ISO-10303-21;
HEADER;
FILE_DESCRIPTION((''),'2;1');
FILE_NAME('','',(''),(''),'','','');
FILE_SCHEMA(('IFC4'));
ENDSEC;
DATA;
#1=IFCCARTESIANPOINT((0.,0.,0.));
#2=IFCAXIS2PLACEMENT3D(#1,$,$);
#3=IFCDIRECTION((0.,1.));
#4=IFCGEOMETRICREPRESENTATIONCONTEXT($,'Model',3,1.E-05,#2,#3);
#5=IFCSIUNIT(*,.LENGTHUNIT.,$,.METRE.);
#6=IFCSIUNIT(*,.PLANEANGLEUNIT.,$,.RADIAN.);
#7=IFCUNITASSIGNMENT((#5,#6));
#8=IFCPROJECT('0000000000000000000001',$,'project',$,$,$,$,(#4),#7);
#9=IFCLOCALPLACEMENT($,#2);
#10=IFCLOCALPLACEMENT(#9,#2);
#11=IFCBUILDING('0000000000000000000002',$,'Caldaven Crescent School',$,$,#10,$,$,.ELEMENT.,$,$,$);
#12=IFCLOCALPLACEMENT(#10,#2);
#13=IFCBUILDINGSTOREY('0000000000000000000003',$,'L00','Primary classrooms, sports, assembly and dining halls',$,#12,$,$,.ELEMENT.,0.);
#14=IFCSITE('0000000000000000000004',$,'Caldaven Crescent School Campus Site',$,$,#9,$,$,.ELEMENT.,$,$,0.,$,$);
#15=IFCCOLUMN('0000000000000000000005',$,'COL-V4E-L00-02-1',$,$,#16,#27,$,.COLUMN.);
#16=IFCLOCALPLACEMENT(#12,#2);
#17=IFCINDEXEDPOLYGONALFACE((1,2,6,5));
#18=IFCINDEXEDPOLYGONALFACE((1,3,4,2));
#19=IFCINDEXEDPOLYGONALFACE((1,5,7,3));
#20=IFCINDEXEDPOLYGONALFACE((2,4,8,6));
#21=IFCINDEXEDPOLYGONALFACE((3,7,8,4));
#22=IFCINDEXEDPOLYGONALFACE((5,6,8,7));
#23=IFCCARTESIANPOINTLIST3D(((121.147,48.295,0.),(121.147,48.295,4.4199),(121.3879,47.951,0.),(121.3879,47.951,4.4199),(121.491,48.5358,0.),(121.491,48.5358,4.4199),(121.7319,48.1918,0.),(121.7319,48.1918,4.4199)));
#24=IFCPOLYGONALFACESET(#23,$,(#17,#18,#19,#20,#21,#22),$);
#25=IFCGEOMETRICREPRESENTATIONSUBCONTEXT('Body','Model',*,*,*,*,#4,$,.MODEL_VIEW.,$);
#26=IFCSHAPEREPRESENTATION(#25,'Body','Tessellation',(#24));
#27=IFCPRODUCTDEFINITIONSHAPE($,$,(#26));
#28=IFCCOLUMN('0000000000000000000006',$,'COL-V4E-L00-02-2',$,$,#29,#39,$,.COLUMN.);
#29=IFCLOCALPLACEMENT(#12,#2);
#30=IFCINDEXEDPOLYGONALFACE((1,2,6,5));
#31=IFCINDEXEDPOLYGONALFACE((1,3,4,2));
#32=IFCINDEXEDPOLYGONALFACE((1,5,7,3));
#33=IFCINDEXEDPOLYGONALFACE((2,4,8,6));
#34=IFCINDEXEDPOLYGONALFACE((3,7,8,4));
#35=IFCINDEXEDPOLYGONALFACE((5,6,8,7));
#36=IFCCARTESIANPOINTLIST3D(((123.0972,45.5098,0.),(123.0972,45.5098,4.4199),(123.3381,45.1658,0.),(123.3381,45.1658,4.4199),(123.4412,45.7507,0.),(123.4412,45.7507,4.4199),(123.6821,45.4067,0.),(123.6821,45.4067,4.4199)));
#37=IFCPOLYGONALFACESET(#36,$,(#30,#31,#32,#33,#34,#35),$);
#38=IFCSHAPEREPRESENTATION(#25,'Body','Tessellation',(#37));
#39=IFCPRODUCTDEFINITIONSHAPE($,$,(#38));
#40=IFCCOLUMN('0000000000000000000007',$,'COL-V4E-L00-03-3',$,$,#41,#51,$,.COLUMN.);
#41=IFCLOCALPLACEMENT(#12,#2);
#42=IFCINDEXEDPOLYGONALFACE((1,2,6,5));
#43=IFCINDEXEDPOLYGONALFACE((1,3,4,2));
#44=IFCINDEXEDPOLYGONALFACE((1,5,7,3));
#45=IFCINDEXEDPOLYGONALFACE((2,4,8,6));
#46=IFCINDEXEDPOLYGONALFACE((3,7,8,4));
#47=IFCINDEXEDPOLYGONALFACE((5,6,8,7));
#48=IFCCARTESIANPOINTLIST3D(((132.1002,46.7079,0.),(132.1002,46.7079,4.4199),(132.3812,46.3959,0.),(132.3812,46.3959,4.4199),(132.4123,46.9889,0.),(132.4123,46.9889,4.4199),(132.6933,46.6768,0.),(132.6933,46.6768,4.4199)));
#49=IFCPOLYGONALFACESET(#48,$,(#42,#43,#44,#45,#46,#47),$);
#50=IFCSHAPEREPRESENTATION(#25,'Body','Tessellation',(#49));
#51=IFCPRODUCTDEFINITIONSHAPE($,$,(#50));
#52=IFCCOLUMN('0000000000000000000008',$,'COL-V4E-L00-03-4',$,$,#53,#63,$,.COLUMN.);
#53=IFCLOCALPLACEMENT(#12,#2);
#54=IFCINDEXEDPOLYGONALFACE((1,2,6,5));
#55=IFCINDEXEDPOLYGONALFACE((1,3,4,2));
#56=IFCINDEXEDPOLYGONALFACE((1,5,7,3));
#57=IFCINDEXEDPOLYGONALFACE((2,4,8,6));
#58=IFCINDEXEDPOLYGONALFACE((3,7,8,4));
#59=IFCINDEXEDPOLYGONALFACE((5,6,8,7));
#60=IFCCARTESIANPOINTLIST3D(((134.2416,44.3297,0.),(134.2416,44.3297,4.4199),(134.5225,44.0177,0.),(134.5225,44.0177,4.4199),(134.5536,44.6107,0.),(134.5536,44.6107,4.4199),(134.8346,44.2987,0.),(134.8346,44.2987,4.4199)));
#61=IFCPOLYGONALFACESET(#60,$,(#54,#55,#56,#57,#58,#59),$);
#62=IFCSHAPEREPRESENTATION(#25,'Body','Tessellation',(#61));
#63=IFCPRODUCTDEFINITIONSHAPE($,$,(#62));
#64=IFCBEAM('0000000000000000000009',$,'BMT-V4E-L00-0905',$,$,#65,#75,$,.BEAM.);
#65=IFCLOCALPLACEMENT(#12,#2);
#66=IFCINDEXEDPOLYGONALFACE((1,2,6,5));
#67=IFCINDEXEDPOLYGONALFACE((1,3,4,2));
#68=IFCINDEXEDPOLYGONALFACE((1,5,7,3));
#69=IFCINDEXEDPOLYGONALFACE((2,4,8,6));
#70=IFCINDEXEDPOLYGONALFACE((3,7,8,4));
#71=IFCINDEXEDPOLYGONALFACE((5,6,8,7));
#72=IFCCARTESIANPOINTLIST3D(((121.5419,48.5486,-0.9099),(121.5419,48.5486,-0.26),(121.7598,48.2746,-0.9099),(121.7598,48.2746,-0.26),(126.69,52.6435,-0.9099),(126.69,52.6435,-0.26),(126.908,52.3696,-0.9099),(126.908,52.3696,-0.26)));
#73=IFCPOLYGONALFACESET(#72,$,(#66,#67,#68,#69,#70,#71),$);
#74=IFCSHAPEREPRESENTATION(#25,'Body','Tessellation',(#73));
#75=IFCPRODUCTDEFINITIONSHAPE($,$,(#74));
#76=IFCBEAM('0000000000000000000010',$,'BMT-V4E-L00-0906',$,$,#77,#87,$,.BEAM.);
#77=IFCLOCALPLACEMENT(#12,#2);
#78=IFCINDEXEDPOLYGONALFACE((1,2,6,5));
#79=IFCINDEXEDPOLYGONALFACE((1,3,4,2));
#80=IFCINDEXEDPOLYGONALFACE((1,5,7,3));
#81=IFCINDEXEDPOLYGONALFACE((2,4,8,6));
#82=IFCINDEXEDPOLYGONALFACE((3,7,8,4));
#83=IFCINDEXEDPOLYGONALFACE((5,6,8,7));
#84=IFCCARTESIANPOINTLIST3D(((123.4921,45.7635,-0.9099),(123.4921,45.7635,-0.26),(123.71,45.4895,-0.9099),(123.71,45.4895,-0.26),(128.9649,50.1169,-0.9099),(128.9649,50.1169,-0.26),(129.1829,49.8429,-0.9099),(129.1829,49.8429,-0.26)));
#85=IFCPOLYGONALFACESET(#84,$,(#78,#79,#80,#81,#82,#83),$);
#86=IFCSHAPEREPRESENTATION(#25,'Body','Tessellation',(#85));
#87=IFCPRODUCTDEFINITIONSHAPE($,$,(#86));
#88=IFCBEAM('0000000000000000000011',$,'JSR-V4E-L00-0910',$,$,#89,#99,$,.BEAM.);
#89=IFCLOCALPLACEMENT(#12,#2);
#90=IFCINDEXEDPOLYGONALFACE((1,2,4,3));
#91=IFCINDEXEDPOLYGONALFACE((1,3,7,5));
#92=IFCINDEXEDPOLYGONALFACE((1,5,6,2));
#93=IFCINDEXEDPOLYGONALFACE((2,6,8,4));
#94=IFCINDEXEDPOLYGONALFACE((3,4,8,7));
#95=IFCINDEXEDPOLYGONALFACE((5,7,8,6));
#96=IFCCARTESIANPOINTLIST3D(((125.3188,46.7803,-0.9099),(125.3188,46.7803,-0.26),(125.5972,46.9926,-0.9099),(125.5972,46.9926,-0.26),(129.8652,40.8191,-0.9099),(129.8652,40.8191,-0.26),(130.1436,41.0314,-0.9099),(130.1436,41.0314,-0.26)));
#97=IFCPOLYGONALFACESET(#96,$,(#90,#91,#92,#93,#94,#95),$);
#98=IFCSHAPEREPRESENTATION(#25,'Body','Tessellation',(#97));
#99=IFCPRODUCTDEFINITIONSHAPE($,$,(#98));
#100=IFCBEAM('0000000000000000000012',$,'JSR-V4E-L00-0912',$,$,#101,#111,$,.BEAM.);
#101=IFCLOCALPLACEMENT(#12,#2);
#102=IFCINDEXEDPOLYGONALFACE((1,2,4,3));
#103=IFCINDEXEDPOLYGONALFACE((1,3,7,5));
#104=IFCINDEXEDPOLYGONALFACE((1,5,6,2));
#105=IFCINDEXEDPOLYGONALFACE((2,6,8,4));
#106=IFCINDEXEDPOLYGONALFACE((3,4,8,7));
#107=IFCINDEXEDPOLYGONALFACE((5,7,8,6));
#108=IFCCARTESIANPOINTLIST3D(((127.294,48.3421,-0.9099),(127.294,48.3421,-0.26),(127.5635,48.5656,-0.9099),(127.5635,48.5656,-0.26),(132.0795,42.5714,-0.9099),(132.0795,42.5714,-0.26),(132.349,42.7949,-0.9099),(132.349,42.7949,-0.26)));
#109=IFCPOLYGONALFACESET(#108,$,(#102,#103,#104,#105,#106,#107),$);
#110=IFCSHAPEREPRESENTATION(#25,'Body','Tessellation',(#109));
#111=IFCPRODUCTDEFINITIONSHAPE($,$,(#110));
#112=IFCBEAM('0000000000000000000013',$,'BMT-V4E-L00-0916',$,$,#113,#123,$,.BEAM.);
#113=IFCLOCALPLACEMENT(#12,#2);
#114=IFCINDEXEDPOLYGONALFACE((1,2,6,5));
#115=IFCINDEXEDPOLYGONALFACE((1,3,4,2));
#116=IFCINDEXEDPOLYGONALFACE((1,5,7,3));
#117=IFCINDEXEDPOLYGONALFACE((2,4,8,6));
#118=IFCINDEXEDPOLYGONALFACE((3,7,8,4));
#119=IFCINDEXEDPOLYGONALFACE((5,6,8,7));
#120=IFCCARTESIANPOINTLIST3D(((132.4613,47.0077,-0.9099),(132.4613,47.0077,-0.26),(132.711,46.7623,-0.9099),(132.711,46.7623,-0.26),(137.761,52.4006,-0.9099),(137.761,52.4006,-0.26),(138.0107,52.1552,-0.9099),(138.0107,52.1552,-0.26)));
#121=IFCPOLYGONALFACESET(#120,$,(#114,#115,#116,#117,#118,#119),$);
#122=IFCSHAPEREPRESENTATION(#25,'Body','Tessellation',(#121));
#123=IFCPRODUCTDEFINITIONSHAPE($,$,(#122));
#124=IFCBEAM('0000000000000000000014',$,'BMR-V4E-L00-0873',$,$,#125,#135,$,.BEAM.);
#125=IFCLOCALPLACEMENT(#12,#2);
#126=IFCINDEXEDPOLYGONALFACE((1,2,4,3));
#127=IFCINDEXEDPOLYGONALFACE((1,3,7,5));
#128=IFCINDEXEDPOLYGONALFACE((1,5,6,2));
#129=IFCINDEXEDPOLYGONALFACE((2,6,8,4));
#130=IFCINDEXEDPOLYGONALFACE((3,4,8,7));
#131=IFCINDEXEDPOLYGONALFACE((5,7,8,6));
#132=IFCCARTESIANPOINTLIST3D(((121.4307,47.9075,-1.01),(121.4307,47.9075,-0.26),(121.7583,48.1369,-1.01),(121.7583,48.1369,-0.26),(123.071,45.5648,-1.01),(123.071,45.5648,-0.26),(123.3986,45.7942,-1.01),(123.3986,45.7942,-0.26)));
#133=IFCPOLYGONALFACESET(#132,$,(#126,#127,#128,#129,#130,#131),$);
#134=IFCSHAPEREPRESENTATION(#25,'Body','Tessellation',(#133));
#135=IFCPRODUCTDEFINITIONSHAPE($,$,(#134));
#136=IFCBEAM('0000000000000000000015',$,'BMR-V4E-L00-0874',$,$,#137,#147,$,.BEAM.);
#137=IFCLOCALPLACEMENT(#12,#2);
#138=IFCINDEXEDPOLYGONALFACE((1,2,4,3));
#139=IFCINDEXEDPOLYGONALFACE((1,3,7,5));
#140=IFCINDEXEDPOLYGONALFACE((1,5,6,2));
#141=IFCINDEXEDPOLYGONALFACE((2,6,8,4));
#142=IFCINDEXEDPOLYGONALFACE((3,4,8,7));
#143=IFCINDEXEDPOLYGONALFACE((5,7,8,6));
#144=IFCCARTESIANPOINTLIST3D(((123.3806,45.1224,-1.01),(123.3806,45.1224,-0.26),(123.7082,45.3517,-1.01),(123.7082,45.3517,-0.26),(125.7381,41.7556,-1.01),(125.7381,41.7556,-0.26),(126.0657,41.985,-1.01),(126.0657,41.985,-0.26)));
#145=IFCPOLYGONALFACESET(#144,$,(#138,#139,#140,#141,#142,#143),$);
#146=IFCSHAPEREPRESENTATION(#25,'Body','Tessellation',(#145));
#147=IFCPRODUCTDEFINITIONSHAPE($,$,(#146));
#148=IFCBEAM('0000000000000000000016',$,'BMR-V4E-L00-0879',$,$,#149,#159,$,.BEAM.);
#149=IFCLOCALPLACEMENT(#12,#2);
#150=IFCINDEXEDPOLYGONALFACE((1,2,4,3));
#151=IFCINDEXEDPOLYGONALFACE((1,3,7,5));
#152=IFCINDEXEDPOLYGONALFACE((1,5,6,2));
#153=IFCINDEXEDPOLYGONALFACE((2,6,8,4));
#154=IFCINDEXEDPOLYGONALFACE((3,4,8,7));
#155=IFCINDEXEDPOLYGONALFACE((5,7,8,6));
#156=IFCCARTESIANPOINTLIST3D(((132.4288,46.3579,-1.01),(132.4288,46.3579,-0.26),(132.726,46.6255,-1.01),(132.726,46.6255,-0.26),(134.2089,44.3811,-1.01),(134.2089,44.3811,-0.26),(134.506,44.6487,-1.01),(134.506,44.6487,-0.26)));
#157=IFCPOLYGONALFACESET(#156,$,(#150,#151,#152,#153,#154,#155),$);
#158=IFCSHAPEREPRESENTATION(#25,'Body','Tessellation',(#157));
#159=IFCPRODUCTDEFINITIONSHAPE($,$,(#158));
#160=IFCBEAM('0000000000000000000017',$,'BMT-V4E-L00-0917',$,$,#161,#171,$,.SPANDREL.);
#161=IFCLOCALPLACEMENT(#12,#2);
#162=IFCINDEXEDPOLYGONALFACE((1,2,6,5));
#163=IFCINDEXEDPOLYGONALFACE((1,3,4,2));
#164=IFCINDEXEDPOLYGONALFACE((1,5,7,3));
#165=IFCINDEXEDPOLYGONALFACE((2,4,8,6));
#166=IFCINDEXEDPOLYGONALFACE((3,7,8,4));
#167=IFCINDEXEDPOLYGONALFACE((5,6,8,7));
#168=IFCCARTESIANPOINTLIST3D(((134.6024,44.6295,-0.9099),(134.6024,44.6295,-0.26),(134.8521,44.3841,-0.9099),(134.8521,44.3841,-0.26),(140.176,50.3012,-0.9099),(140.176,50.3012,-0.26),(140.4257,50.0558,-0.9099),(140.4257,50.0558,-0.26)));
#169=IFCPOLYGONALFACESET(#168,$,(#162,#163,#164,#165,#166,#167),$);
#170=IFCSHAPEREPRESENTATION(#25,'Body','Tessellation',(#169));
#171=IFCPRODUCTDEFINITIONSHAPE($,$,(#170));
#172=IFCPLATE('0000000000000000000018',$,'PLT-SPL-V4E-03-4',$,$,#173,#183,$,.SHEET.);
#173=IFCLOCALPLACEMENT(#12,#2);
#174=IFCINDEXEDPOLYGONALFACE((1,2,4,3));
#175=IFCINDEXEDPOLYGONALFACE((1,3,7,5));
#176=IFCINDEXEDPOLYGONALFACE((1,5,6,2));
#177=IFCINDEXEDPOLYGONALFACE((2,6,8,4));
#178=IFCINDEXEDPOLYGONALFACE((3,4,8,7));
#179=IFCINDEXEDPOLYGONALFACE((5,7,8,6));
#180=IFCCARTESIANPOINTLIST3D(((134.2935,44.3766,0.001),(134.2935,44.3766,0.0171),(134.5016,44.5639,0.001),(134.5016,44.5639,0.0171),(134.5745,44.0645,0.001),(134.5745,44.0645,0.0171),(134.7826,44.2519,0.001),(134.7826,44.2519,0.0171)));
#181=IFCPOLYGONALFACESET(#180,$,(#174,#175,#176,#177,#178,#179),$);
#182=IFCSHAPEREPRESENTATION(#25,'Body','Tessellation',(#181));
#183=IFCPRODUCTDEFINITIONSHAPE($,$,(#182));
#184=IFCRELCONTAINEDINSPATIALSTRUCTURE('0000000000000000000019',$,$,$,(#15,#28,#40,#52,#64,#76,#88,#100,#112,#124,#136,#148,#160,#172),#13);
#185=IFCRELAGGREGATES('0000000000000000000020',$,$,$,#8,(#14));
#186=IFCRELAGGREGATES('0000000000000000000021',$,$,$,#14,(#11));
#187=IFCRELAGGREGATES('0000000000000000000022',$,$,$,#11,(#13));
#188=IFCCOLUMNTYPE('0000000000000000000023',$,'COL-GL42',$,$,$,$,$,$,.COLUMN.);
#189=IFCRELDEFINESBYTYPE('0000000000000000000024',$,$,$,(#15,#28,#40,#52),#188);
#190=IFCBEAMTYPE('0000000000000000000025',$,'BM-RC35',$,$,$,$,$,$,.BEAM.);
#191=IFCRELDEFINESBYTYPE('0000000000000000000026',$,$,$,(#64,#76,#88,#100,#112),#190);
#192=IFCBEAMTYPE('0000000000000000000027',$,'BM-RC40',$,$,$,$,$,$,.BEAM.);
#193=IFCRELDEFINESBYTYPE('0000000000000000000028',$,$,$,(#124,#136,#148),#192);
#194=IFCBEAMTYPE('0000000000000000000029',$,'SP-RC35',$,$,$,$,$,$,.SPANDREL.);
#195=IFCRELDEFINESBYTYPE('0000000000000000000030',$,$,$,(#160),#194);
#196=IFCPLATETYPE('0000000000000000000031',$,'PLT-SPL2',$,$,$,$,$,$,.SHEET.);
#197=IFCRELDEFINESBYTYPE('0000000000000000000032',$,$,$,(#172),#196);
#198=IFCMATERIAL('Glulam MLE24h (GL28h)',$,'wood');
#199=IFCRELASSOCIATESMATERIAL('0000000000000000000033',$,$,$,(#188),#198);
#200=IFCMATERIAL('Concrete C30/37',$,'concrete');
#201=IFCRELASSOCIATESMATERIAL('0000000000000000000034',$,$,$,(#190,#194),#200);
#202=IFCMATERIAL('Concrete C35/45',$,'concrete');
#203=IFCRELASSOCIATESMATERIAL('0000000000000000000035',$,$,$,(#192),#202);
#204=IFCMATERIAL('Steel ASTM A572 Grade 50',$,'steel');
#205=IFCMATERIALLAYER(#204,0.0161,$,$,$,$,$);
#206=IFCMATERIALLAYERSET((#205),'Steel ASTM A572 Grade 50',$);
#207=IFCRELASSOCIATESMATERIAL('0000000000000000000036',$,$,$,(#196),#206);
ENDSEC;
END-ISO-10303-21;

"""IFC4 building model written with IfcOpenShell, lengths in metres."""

from ifc_helpers import new_model, si_unit, direction, frame, origin, origin_2d, place, context, subcontext, project, spatial, rectangle, extrude, material, layer, layer_set, material_profile, profile_set, type_object, element, save


model = new_model("IFC4")

# Units and contexts
model_context = context("Model", 3, precision=1e-05, world=origin(), true_north=direction((0.0, 1.0)))
body_context = subcontext(model_context, "Body", "Model", "MODEL_VIEW")
ifc_project = project(units=[si_unit("LENGTHUNIT", "METRE"), si_unit("PLANEANGLEUNIT", "RADIAN")], contexts=[model_context])

# Site, building, storey
site_placement = place(None, origin())
site = spatial("IfcSite", under=ifc_project, at=site_placement, Name="Caldaven Crescent School Campus Site", CompositionType="ELEMENT", RefElevation=0.0)
building_placement = place(site_placement, origin())
building = spatial("IfcBuilding", under=site, at=building_placement, Name="Caldaven Crescent School", CompositionType="ELEMENT")
storey_placement = place(building_placement, origin())
storey = spatial("IfcBuildingStorey", under=building, at=storey_placement, Name="L00", Description="Primary classrooms, sports, assembly and dining halls", CompositionType="ELEMENT", Elevation=0.0)

# Columns
ifc_material_1 = material(Name="Glulam MLE24h (GL28h)", Category="wood")
ifc_material_profile_1 = material_profile(ifc_material_1, rectangle(XDim=0.4199, YDim=0.4199, at=origin_2d()), Name="MLE 420x420")
ifc_profile_set_1 = profile_set([ifc_material_profile_1], Name="Glulam MLE24h (GL28h)")
column_type = type_object("IfcColumnType", Name="COL-GL42", PredefinedType="COLUMN", material=ifc_profile_set_1)
for number, where, z_axis, x_axis, name in (
    (1, (121.4395, 48.2434, 0.0), (0.0, 0.0, 1.0), (0.573576, -0.819152, 0.0), "COL-V4E-L00-02-1"),
    (2, (123.3896, 45.4583, 0.0), (0.0, 0.0, 1.0), (0.573576, -0.819152, 0.0), "COL-V4E-L00-02-2"),
    (3, (132.3967, 46.6924, 0.0), (0.0, 0.0, 1.0), (0.669131, -0.743145, 0.0), "COL-V4E-L00-03-3"),
    (4, (134.5381, 44.3142, 0.0), (0.0, 0.0, 1.0), (0.669131, -0.743145, 0.0), "COL-V4E-L00-03-4"),
):
    element("IfcColumn", number, at=place(storey_placement, frame(where, z_axis=z_axis, x_axis=x_axis)), inside=storey, type_object=column_type, Name=name, PredefinedType="COLUMN", context=body_context, shape_type="SweptSolid", body=[
        extrude(rectangle(XDim=0.4199, YDim=0.4199, at=origin_2d()), origin(), (0.0, 0.0, 1.0), 4.4199),
    ])

# Beams
ifc_material_2 = material(Name="Concrete C30/37", Category="concrete")
ifc_material_profile_2 = material_profile(ifc_material_2, rectangle(XDim=0.3501, YDim=0.6499, at=origin_2d()), Name="RC 350x650")
ifc_profile_set_2 = profile_set([ifc_material_profile_2], Name="Concrete C30/37")
beam_type_1 = type_object("IfcBeamType", Name="BM-RC35", PredefinedType="BEAM", material=ifc_profile_set_2)
beam_1_placement = place(storey_placement, frame((121.6509, 48.4116, -0.585), z_axis=(0.782615, 0.622507, 0.0), x_axis=(-0.622507, 0.782615, 0.0)))
element("IfcBeam", 5, at=beam_1_placement, inside=storey, type_object=beam_type_1, Name="BMT-V4E-L00-0905", PredefinedType="BEAM", context=body_context, shape_type="SweptSolid", body=[
    extrude(rectangle(XDim=0.3501, YDim=0.6499, at=origin_2d()), origin(), (0.0, 0.0, 1.0), 6.5781),
])
beam_2_placement = place(storey_placement, frame((123.6011, 45.6265, -0.585), z_axis=(0.782596, 0.62253, 0.0), x_axis=(-0.62253, 0.782596, 0.0)))
element("IfcBeam", 6, at=beam_2_placement, inside=storey, type_object=beam_type_1, Name="BMT-V4E-L00-0906", PredefinedType="BEAM", context=body_context, shape_type="SweptSolid", body=[
    extrude(rectangle(XDim=0.3501, YDim=0.6499, at=origin_2d()), origin(), (0.0, 0.0, 1.0), 6.9932),
])
beam_3_placement = place(storey_placement, frame((125.458, 46.8865, -0.585), z_axis=(0.606426, -0.79514, 0.0), x_axis=(0.79514, 0.606426, 0.0)))
element("IfcBeam", 7, at=beam_3_placement, inside=storey, type_object=beam_type_1, Name="JSR-V4E-L00-0910", PredefinedType="BEAM", context=body_context, shape_type="SweptSolid", body=[
    extrude(rectangle(XDim=0.3501, YDim=0.6499, at=origin_2d()), origin(), (0.0, 0.0, 1.0), 7.4971),
])
beam_4_placement = place(storey_placement, frame((127.4287, 48.4539, -0.585), z_axis=(0.638347, -0.769749, 0.0), x_axis=(0.769749, 0.638347, 0.0)))
element("IfcBeam", 8, at=beam_4_placement, inside=storey, type_object=beam_type_1, Name="JSR-V4E-L00-0912", PredefinedType="BEAM", context=body_context, shape_type="SweptSolid", body=[
    extrude(rectangle(XDim=0.3501, YDim=0.6499, at=origin_2d()), origin(), (0.0, 0.0, 1.0), 7.4968),
])
beam_5_placement = place(storey_placement, frame((132.5862, 46.885, -0.585), z_axis=(0.700913, 0.713247, 0.0), x_axis=(-0.713247, 0.700913, 0.0)))
element("IfcBeam", 9, at=beam_5_placement, inside=storey, type_object=beam_type_1, Name="BMT-V4E-L00-0916", PredefinedType="BEAM", context=body_context, shape_type="SweptSolid", body=[
    extrude(rectangle(XDim=0.3501, YDim=0.6499, at=origin_2d()), origin(), (0.0, 0.0, 1.0), 7.561),
])
ifc_material_3 = material(Name="Concrete C35/45", Category="concrete")
ifc_material_profile_3 = material_profile(ifc_material_3, rectangle(XDim=0.3999, YDim=0.75, at=origin_2d()), Name="RC 400x750")
ifc_profile_set_3 = profile_set([ifc_material_profile_3], Name="Concrete C35/45")
beam_type_2 = type_object("IfcBeamType", Name="BM-RC40", PredefinedType="BEAM", material=ifc_profile_set_3)
beam_6_placement = place(storey_placement, frame((121.5945, 48.0222, -0.635), z_axis=(0.573565, -0.81916, 0.0), x_axis=(0.81916, 0.573565, 0.0)))
element("IfcBeam", 10, at=beam_6_placement, inside=storey, type_object=beam_type_2, Name="BMR-V4E-L00-0873", PredefinedType="BEAM", context=body_context, shape_type="SweptSolid", body=[
    extrude(rectangle(XDim=0.3999, YDim=0.75, at=origin_2d()), origin(), (0.0, 0.0, 1.0), 2.8599),
])
beam_7_placement = place(storey_placement, frame((123.5444, 45.2371, -0.635), z_axis=(0.573582, -0.819148, 0.0), x_axis=(0.819148, 0.573582, 0.0)))
element("IfcBeam", 11, at=beam_7_placement, inside=storey, type_object=beam_type_2, Name="BMR-V4E-L00-0874", PredefinedType="BEAM", context=body_context, shape_type="SweptSolid", body=[
    extrude(rectangle(XDim=0.3999, YDim=0.75, at=origin_2d()), origin(), (0.0, 0.0, 1.0), 4.1101),
])
beam_8_placement = place(storey_placement, frame((132.5774, 46.4917, -0.635), z_axis=(0.669152, -0.743125, 0.0), x_axis=(0.743125, 0.669152, 0.0)))
element("IfcBeam", 12, at=beam_8_placement, inside=storey, type_object=beam_type_2, Name="BMR-V4E-L00-0879", PredefinedType="BEAM", context=body_context, shape_type="SweptSolid", body=[
    extrude(rectangle(XDim=0.3999, YDim=0.75, at=origin_2d()), origin(), (0.0, 0.0, 1.0), 2.6602),
])
ifc_material_profile_4 = material_profile(ifc_material_2, rectangle(XDim=0.3501, YDim=0.6499, at=origin_2d()), Name="RC 350x650")
ifc_profile_set_4 = profile_set([ifc_material_profile_4], Name="Concrete C30/37")
beam_type_3 = type_object("IfcBeamType", Name="SP-RC35", PredefinedType="SPANDREL", material=ifc_profile_set_4)
beam_9_placement = place(storey_placement, frame((134.7273, 44.5068, -0.585), z_axis=(0.700909, 0.713251, 0.0), x_axis=(-0.713251, 0.700909, 0.0)))
element("IfcBeam", 13, at=beam_9_placement, inside=storey, type_object=beam_type_3, Name="BMT-V4E-L00-0917", PredefinedType="SPANDREL", context=body_context, shape_type="SweptSolid", body=[
    extrude(rectangle(XDim=0.3501, YDim=0.6499, at=origin_2d()), origin(), (0.0, 0.0, 1.0), 7.9519),
])

# Plate
ifc_material_4 = material(Name="Steel ASTM A572 Grade 50", Category="steel")
ifc_layer_1 = layer(ifc_material_4, 0.0161)
ifc_layer_set_1 = layer_set([ifc_layer_1], Name="Steel ASTM A572 Grade 50")
plate_type = type_object("IfcPlateType", Name="PLT-SPL2", PredefinedType="SHEET", material=ifc_layer_set_1)
plate_placement = place(storey_placement, frame((134.5381, 44.3142, 0.001), z_axis=(0.0, 0.0, 1.0), x_axis=(0.669131, -0.743145, 0.0)))
element("IfcPlate", 14, at=plate_placement, inside=storey, type_object=plate_type, Name="PLT-SPL-V4E-03-4", PredefinedType="SHEET", context=body_context, shape_type="SweptSolid", body=[
    extrude(rectangle(XDim=0.4199, YDim=0.28, at=origin_2d()), origin(), (0.0, 0.0, 1.0), 0.0161),
])

save(model, "model.ifc")
